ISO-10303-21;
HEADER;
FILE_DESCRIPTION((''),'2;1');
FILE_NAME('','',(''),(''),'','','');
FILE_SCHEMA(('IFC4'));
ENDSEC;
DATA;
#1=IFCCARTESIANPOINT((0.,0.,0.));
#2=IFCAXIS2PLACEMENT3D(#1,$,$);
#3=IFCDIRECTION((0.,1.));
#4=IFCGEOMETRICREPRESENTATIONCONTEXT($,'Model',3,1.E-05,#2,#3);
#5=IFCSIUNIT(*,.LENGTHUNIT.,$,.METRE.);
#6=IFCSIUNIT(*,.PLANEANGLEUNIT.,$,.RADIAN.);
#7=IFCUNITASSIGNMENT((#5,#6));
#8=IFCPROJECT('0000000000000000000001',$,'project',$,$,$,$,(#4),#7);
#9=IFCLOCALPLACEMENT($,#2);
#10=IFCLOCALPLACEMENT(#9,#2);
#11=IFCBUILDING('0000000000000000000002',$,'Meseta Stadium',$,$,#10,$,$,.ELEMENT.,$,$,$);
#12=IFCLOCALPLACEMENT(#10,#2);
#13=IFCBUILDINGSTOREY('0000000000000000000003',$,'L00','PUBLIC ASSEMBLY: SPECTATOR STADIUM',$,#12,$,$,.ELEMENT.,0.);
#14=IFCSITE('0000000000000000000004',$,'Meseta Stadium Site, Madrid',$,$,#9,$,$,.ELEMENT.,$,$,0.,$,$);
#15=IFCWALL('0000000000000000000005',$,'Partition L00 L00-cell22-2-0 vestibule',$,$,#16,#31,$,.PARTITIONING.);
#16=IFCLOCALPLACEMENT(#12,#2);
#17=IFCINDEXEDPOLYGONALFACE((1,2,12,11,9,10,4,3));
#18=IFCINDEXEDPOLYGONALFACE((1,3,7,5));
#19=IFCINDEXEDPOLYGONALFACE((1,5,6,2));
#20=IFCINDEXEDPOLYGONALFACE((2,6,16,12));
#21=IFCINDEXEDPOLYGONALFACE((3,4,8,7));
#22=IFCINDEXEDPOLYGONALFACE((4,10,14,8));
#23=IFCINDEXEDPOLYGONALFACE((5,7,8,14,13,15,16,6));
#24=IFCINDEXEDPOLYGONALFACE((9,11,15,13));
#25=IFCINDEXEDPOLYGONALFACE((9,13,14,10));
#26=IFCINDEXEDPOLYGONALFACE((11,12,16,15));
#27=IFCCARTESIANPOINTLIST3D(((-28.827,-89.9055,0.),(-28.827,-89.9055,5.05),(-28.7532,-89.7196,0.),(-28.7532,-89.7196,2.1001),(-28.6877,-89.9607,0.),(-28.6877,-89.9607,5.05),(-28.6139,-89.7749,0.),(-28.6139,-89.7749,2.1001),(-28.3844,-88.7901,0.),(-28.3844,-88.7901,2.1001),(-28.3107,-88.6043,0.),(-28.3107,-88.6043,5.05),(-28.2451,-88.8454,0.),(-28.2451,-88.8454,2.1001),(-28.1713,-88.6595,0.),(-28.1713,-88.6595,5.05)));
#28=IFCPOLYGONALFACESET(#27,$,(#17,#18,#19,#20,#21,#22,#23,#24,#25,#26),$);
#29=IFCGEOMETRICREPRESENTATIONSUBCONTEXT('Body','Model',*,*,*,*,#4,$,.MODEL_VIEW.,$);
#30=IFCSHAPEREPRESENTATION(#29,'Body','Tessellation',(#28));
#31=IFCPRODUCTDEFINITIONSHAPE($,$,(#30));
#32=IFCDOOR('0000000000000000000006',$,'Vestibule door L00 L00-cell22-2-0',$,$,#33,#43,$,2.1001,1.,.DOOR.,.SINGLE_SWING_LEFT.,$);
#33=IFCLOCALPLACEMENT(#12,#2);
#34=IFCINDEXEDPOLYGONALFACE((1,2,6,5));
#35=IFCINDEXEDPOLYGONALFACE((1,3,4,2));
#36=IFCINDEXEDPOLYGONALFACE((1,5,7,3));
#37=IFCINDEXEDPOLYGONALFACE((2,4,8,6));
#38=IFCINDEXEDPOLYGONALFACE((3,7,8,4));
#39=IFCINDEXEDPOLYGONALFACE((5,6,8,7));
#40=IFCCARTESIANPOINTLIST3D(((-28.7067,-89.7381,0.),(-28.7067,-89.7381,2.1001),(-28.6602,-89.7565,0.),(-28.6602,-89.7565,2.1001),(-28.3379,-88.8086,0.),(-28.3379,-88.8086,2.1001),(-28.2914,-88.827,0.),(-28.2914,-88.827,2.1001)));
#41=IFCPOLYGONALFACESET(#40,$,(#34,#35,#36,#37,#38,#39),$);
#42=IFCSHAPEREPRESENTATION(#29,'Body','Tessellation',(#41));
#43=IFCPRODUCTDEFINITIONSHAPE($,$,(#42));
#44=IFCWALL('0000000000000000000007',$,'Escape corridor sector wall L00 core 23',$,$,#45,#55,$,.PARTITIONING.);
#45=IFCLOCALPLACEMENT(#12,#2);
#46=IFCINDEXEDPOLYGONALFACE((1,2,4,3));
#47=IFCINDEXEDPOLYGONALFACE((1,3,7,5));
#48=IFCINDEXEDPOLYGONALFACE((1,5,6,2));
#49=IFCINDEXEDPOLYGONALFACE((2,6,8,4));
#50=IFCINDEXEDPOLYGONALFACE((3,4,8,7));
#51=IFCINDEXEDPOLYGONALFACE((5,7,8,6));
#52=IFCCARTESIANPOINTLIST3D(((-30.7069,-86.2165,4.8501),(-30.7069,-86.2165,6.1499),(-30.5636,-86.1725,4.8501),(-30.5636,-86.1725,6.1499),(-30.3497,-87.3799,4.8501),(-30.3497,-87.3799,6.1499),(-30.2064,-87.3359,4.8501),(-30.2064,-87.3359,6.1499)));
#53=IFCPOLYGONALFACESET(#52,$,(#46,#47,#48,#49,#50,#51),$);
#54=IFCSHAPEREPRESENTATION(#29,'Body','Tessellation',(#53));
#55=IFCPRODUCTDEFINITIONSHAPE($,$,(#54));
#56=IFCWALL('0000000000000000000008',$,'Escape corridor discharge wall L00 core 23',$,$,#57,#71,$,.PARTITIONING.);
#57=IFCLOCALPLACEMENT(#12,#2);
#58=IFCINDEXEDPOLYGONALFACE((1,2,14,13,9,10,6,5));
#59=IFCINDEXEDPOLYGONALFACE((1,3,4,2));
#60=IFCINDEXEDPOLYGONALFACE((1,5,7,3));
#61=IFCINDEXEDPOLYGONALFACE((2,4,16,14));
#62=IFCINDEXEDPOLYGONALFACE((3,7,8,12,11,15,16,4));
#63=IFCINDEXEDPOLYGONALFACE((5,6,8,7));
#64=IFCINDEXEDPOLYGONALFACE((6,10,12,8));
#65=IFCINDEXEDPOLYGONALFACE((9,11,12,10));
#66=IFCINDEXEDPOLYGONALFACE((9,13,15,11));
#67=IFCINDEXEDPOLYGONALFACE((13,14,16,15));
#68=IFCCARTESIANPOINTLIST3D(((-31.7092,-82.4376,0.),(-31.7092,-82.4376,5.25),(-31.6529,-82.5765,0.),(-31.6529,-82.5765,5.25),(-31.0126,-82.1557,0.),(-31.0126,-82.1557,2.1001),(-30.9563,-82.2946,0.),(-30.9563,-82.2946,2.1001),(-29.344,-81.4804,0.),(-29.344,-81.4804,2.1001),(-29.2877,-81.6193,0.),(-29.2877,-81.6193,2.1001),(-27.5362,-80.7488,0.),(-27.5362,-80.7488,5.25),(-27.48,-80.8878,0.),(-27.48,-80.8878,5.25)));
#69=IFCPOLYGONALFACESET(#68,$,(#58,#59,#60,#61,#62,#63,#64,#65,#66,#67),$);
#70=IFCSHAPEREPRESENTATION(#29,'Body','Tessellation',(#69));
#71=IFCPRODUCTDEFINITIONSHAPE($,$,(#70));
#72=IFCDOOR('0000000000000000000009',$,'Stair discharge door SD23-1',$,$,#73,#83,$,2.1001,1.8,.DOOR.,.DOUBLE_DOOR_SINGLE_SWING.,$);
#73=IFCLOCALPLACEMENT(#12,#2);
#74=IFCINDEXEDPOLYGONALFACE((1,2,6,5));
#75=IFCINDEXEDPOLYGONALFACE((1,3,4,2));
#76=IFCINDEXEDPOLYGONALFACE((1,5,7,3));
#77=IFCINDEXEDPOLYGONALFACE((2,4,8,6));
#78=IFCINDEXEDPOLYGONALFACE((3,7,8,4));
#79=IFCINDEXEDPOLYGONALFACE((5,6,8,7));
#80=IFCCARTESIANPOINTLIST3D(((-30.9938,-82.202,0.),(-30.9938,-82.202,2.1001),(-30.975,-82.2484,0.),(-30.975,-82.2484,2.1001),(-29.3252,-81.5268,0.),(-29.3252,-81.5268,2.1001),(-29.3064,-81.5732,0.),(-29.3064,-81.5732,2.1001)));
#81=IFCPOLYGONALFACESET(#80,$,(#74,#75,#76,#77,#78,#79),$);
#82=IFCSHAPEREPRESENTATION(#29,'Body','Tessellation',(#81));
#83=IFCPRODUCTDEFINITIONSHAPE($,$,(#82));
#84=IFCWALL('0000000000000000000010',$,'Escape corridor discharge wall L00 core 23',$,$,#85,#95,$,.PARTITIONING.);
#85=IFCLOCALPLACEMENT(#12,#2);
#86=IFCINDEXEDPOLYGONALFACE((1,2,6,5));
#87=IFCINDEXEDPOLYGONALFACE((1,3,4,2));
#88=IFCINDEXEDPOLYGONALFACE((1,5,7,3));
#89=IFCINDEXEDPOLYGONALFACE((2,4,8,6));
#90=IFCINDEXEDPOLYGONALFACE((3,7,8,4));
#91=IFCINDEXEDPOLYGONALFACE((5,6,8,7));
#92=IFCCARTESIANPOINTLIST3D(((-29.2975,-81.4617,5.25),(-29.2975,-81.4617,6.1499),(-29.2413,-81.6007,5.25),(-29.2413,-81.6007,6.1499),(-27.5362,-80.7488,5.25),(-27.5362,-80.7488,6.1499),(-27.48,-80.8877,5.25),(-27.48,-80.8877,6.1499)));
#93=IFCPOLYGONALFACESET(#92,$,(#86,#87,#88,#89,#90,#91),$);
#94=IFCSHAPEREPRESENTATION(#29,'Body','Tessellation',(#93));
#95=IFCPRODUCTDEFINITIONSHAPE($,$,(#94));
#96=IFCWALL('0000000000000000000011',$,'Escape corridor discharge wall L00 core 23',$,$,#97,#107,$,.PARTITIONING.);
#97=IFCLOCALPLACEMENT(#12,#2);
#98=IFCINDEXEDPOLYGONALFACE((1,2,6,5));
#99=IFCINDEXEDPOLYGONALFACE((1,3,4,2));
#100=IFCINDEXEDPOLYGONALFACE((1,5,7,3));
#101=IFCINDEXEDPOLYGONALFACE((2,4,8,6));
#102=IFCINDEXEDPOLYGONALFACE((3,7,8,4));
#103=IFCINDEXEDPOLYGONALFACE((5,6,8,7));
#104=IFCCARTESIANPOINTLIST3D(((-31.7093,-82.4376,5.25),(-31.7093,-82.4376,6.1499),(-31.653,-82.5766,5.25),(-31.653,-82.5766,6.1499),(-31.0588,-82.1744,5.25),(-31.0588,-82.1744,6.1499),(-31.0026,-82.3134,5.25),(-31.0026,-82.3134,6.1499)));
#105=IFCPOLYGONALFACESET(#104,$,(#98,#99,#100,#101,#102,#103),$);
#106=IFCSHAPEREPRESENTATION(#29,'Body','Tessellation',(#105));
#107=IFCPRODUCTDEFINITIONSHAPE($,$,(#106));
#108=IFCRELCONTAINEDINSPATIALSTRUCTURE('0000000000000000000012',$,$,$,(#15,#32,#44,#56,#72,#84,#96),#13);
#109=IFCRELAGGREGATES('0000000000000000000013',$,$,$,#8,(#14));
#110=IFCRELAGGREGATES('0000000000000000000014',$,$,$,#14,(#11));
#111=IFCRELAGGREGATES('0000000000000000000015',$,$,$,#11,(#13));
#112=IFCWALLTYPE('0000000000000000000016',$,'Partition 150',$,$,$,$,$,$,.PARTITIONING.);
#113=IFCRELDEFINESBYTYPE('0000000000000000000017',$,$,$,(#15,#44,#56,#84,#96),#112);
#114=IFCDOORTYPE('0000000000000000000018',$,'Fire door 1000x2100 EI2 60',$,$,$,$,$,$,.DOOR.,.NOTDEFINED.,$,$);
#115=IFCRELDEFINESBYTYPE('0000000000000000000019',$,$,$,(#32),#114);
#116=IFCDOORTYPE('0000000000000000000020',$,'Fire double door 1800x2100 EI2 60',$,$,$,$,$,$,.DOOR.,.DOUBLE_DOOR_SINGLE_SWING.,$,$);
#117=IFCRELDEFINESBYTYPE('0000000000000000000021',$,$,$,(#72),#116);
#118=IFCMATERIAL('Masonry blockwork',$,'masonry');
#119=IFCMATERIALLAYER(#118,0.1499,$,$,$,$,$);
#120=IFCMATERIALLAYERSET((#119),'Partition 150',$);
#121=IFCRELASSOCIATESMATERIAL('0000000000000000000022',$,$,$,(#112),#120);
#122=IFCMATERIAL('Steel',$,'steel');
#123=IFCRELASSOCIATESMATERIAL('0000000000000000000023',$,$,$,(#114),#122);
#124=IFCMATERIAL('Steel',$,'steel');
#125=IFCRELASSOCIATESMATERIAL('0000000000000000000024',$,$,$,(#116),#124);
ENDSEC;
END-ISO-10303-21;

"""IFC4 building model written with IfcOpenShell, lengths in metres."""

from ifc_helpers import new_model, si_unit, direction, frame, frame_2d, origin, place, context, subcontext, project, spatial, rectangle, extrude, material, layer, layer_set, type_object, element, fill, save


model = new_model("IFC4")

# Units and contexts
model_context = context("Model", 3, precision=1e-05, world=origin(), true_north=direction((0.0, 1.0)))
body_context = subcontext(model_context, "Body", "Model", "MODEL_VIEW")
ifc_project = project(units=[si_unit("LENGTHUNIT", "METRE"), si_unit("PLANEANGLEUNIT", "RADIAN")], contexts=[model_context])

# Site, building, storey
site_placement = place(None, origin())
site = spatial("IfcSite", under=ifc_project, at=site_placement, Name="Meseta Stadium Site, Madrid", CompositionType="ELEMENT", RefElevation=0.0)
building_placement = place(site_placement, origin())
building = spatial("IfcBuilding", under=site, at=building_placement, Name="Meseta Stadium", CompositionType="ELEMENT")
storey_placement = place(building_placement, origin())
storey = spatial("IfcBuildingStorey", under=building, at=storey_placement, Name="L00", Description="PUBLIC ASSEMBLY: SPECTATOR STADIUM", CompositionType="ELEMENT", Elevation=0.0)

# Shared definitions
ifc_material_1 = material(Name="Masonry blockwork", Category="masonry")
ifc_layer = layer(ifc_material_1, 0.1499)
ifc_layer_set = layer_set([ifc_layer], Name="Partition 150")
wall_type = type_object("IfcWallType", Name="Partition 150", PredefinedType="PARTITIONING", material=ifc_layer_set)

# Shared definitions
ifc_material_2 = material(Name="Steel", Category="steel")
door_type_1 = type_object("IfcDoorType", Name="Fire door 1000x2100 EI2 60", OperationType="NOTDEFINED", PredefinedType="DOOR", material=ifc_material_2)

# Wall, opening, door
wall_1_placement = place(storey_placement, frame((-28.7573, -89.9331, 0.0), z_axis=(0.0, 0.0, 1.0), x_axis=(0.368834, 0.929495, 0.0)))
wall_1 = element("IfcWall", 1, at=wall_1_placement, inside=storey, type_object=wall_type, Name="Partition L00 L00-cell22-2-0 vestibule", PredefinedType="PARTITIONING", context=body_context, shape_type="SweptSolid", body=[
    extrude(rectangle(XDim=1.3999, YDim=0.1499, at=frame_2d((0.7, 0.0))), origin(), (0.0, 0.0, 1.0), 5.05),
])
opening_1_placement = place(wall_1_placement, frame((0.2, 0.0, 0.0)))
opening_1 = element("IfcOpeningElement", 2, at=opening_1_placement, cuts=wall_1, PredefinedType="OPENING", context=body_context, shape_type="SweptSolid", body=[
    extrude(rectangle(XDim=1.0, YDim=2.1001, at=frame_2d((0.5, 1.05))), frame((0.0, 0.085, 0.0), z_axis=(0.0, -1.0, 0.0), x_axis=(1.0, 0.0, 0.0)), (0.0, 0.0, 1.0), 0.1699),
])
door_1_placement = place(opening_1_placement, origin())
door_1 = element("IfcDoor", 3, at=door_1_placement, inside=storey, type_object=door_type_1, Name="Vestibule door L00 L00-cell22-2-0", OperationType="SINGLE_SWING_LEFT", OverallHeight=2.1001, OverallWidth=1.0, PredefinedType="DOOR", context=body_context, shape_type="SweptSolid", body=[
    extrude(rectangle(XDim=1.0, YDim=2.1001, at=frame_2d((0.5, 1.05))), frame((0.0, 0.0249, 0.0), z_axis=(0.0, -1.0, 0.0), x_axis=(1.0, 0.0, 0.0)), (0.0, 0.0, 1.0), 0.05),
])
fill(opening_1, door_1)

# Wall
wall_2_placement = place(storey_placement, frame((-30.6353, -86.1946, 4.8501), z_axis=(0.0, 0.0, 1.0), x_axis=(0.293508, -0.955957, 0.0)))
element("IfcWall", 4, at=wall_2_placement, inside=storey, type_object=wall_type, Name="Escape corridor sector wall L00 core 23", PredefinedType="PARTITIONING", context=body_context, shape_type="SweptSolid", body=[
    extrude(rectangle(XDim=1.217, YDim=0.1499, at=frame_2d((0.6084, 0.0))), origin(), (0.0, 0.0, 1.0), 1.2998),
])

# Wall, opening, door
wall_3_placement = place(storey_placement, frame((-31.6812, -82.5071, 0.0), z_axis=(0.0, 0.0, 1.0), x_axis=(0.926969, 0.375137, 0.0)))
wall_3 = element("IfcWall", 5, at=wall_3_placement, inside=storey, type_object=wall_type, Name="Escape corridor discharge wall L00 core 23", PredefinedType="PARTITIONING", context=body_context, shape_type="SweptSolid", body=[
    extrude(rectangle(XDim=4.5017, YDim=0.1499, at=frame_2d((2.251, 0.0))), origin(), (0.0, 0.0, 1.0), 5.25),
])
opening_2_placement = place(wall_3_placement, frame((0.7517, 0.0, 0.0)))
opening_2 = element("IfcOpeningElement", 6, at=opening_2_placement, cuts=wall_3, PredefinedType="OPENING", context=body_context, shape_type="SweptSolid", body=[
    extrude(rectangle(XDim=1.8, YDim=2.1001, at=frame_2d((0.8999, 1.05))), frame((0.0, 0.085, 0.0), z_axis=(0.0, -1.0, 0.0), x_axis=(1.0, 0.0, 0.0)), (0.0, 0.0, 1.0), 0.1699),
])
ifc_material_3 = material(Name="Steel", Category="steel")
door_type_2 = type_object("IfcDoorType", Name="Fire double door 1800x2100 EI2 60", OperationType="DOUBLE_DOOR_SINGLE_SWING", PredefinedType="DOOR", material=ifc_material_3)
door_2_placement = place(opening_2_placement, origin())
door_2 = element("IfcDoor", 7, at=door_2_placement, inside=storey, type_object=door_type_2, Name="Stair discharge door SD23-1", OperationType="DOUBLE_DOOR_SINGLE_SWING", OverallHeight=2.1001, OverallWidth=1.8, PredefinedType="DOOR", context=body_context, shape_type="SweptSolid", body=[
    extrude(rectangle(XDim=1.8, YDim=2.1001, at=frame_2d((0.8999, 1.05))), frame((0.0, 0.0249, 0.0), z_axis=(0.0, -1.0, 0.0), x_axis=(1.0, 0.0, 0.0)), (0.0, 0.0, 1.0), 0.05),
])
fill(opening_2, door_2)

# Walls
wall_4_placement = place(storey_placement, frame((-29.2695, -81.5312, 5.25), z_axis=(0.0, 0.0, 1.0), x_axis=(0.926945, 0.375198, 0.0)))
element("IfcWall", 8, at=wall_4_placement, inside=storey, type_object=wall_type, Name="Escape corridor discharge wall L00 core 23", PredefinedType="PARTITIONING", context=body_context, shape_type="SweptSolid", body=[
    extrude(rectangle(XDim=1.9001, YDim=0.1499, at=frame_2d((0.9502, 0.0))), origin(), (0.0, 0.0, 1.0), 0.8999),
])
wall_5_placement = place(storey_placement, frame((-31.6812, -82.5071, 5.25), z_axis=(0.0, 0.0, 1.0), x_axis=(0.926981, 0.375107, 0.0)))
element("IfcWall", 9, at=wall_5_placement, inside=storey, type_object=wall_type, Name="Escape corridor discharge wall L00 core 23", PredefinedType="PARTITIONING", context=body_context, shape_type="SweptSolid", body=[
    extrude(rectangle(XDim=0.7017, YDim=0.1499, at=frame_2d((0.3508, 0.0))), origin(), (0.0, 0.0, 1.0), 0.8999),
])

save(model, "model.ifc")
